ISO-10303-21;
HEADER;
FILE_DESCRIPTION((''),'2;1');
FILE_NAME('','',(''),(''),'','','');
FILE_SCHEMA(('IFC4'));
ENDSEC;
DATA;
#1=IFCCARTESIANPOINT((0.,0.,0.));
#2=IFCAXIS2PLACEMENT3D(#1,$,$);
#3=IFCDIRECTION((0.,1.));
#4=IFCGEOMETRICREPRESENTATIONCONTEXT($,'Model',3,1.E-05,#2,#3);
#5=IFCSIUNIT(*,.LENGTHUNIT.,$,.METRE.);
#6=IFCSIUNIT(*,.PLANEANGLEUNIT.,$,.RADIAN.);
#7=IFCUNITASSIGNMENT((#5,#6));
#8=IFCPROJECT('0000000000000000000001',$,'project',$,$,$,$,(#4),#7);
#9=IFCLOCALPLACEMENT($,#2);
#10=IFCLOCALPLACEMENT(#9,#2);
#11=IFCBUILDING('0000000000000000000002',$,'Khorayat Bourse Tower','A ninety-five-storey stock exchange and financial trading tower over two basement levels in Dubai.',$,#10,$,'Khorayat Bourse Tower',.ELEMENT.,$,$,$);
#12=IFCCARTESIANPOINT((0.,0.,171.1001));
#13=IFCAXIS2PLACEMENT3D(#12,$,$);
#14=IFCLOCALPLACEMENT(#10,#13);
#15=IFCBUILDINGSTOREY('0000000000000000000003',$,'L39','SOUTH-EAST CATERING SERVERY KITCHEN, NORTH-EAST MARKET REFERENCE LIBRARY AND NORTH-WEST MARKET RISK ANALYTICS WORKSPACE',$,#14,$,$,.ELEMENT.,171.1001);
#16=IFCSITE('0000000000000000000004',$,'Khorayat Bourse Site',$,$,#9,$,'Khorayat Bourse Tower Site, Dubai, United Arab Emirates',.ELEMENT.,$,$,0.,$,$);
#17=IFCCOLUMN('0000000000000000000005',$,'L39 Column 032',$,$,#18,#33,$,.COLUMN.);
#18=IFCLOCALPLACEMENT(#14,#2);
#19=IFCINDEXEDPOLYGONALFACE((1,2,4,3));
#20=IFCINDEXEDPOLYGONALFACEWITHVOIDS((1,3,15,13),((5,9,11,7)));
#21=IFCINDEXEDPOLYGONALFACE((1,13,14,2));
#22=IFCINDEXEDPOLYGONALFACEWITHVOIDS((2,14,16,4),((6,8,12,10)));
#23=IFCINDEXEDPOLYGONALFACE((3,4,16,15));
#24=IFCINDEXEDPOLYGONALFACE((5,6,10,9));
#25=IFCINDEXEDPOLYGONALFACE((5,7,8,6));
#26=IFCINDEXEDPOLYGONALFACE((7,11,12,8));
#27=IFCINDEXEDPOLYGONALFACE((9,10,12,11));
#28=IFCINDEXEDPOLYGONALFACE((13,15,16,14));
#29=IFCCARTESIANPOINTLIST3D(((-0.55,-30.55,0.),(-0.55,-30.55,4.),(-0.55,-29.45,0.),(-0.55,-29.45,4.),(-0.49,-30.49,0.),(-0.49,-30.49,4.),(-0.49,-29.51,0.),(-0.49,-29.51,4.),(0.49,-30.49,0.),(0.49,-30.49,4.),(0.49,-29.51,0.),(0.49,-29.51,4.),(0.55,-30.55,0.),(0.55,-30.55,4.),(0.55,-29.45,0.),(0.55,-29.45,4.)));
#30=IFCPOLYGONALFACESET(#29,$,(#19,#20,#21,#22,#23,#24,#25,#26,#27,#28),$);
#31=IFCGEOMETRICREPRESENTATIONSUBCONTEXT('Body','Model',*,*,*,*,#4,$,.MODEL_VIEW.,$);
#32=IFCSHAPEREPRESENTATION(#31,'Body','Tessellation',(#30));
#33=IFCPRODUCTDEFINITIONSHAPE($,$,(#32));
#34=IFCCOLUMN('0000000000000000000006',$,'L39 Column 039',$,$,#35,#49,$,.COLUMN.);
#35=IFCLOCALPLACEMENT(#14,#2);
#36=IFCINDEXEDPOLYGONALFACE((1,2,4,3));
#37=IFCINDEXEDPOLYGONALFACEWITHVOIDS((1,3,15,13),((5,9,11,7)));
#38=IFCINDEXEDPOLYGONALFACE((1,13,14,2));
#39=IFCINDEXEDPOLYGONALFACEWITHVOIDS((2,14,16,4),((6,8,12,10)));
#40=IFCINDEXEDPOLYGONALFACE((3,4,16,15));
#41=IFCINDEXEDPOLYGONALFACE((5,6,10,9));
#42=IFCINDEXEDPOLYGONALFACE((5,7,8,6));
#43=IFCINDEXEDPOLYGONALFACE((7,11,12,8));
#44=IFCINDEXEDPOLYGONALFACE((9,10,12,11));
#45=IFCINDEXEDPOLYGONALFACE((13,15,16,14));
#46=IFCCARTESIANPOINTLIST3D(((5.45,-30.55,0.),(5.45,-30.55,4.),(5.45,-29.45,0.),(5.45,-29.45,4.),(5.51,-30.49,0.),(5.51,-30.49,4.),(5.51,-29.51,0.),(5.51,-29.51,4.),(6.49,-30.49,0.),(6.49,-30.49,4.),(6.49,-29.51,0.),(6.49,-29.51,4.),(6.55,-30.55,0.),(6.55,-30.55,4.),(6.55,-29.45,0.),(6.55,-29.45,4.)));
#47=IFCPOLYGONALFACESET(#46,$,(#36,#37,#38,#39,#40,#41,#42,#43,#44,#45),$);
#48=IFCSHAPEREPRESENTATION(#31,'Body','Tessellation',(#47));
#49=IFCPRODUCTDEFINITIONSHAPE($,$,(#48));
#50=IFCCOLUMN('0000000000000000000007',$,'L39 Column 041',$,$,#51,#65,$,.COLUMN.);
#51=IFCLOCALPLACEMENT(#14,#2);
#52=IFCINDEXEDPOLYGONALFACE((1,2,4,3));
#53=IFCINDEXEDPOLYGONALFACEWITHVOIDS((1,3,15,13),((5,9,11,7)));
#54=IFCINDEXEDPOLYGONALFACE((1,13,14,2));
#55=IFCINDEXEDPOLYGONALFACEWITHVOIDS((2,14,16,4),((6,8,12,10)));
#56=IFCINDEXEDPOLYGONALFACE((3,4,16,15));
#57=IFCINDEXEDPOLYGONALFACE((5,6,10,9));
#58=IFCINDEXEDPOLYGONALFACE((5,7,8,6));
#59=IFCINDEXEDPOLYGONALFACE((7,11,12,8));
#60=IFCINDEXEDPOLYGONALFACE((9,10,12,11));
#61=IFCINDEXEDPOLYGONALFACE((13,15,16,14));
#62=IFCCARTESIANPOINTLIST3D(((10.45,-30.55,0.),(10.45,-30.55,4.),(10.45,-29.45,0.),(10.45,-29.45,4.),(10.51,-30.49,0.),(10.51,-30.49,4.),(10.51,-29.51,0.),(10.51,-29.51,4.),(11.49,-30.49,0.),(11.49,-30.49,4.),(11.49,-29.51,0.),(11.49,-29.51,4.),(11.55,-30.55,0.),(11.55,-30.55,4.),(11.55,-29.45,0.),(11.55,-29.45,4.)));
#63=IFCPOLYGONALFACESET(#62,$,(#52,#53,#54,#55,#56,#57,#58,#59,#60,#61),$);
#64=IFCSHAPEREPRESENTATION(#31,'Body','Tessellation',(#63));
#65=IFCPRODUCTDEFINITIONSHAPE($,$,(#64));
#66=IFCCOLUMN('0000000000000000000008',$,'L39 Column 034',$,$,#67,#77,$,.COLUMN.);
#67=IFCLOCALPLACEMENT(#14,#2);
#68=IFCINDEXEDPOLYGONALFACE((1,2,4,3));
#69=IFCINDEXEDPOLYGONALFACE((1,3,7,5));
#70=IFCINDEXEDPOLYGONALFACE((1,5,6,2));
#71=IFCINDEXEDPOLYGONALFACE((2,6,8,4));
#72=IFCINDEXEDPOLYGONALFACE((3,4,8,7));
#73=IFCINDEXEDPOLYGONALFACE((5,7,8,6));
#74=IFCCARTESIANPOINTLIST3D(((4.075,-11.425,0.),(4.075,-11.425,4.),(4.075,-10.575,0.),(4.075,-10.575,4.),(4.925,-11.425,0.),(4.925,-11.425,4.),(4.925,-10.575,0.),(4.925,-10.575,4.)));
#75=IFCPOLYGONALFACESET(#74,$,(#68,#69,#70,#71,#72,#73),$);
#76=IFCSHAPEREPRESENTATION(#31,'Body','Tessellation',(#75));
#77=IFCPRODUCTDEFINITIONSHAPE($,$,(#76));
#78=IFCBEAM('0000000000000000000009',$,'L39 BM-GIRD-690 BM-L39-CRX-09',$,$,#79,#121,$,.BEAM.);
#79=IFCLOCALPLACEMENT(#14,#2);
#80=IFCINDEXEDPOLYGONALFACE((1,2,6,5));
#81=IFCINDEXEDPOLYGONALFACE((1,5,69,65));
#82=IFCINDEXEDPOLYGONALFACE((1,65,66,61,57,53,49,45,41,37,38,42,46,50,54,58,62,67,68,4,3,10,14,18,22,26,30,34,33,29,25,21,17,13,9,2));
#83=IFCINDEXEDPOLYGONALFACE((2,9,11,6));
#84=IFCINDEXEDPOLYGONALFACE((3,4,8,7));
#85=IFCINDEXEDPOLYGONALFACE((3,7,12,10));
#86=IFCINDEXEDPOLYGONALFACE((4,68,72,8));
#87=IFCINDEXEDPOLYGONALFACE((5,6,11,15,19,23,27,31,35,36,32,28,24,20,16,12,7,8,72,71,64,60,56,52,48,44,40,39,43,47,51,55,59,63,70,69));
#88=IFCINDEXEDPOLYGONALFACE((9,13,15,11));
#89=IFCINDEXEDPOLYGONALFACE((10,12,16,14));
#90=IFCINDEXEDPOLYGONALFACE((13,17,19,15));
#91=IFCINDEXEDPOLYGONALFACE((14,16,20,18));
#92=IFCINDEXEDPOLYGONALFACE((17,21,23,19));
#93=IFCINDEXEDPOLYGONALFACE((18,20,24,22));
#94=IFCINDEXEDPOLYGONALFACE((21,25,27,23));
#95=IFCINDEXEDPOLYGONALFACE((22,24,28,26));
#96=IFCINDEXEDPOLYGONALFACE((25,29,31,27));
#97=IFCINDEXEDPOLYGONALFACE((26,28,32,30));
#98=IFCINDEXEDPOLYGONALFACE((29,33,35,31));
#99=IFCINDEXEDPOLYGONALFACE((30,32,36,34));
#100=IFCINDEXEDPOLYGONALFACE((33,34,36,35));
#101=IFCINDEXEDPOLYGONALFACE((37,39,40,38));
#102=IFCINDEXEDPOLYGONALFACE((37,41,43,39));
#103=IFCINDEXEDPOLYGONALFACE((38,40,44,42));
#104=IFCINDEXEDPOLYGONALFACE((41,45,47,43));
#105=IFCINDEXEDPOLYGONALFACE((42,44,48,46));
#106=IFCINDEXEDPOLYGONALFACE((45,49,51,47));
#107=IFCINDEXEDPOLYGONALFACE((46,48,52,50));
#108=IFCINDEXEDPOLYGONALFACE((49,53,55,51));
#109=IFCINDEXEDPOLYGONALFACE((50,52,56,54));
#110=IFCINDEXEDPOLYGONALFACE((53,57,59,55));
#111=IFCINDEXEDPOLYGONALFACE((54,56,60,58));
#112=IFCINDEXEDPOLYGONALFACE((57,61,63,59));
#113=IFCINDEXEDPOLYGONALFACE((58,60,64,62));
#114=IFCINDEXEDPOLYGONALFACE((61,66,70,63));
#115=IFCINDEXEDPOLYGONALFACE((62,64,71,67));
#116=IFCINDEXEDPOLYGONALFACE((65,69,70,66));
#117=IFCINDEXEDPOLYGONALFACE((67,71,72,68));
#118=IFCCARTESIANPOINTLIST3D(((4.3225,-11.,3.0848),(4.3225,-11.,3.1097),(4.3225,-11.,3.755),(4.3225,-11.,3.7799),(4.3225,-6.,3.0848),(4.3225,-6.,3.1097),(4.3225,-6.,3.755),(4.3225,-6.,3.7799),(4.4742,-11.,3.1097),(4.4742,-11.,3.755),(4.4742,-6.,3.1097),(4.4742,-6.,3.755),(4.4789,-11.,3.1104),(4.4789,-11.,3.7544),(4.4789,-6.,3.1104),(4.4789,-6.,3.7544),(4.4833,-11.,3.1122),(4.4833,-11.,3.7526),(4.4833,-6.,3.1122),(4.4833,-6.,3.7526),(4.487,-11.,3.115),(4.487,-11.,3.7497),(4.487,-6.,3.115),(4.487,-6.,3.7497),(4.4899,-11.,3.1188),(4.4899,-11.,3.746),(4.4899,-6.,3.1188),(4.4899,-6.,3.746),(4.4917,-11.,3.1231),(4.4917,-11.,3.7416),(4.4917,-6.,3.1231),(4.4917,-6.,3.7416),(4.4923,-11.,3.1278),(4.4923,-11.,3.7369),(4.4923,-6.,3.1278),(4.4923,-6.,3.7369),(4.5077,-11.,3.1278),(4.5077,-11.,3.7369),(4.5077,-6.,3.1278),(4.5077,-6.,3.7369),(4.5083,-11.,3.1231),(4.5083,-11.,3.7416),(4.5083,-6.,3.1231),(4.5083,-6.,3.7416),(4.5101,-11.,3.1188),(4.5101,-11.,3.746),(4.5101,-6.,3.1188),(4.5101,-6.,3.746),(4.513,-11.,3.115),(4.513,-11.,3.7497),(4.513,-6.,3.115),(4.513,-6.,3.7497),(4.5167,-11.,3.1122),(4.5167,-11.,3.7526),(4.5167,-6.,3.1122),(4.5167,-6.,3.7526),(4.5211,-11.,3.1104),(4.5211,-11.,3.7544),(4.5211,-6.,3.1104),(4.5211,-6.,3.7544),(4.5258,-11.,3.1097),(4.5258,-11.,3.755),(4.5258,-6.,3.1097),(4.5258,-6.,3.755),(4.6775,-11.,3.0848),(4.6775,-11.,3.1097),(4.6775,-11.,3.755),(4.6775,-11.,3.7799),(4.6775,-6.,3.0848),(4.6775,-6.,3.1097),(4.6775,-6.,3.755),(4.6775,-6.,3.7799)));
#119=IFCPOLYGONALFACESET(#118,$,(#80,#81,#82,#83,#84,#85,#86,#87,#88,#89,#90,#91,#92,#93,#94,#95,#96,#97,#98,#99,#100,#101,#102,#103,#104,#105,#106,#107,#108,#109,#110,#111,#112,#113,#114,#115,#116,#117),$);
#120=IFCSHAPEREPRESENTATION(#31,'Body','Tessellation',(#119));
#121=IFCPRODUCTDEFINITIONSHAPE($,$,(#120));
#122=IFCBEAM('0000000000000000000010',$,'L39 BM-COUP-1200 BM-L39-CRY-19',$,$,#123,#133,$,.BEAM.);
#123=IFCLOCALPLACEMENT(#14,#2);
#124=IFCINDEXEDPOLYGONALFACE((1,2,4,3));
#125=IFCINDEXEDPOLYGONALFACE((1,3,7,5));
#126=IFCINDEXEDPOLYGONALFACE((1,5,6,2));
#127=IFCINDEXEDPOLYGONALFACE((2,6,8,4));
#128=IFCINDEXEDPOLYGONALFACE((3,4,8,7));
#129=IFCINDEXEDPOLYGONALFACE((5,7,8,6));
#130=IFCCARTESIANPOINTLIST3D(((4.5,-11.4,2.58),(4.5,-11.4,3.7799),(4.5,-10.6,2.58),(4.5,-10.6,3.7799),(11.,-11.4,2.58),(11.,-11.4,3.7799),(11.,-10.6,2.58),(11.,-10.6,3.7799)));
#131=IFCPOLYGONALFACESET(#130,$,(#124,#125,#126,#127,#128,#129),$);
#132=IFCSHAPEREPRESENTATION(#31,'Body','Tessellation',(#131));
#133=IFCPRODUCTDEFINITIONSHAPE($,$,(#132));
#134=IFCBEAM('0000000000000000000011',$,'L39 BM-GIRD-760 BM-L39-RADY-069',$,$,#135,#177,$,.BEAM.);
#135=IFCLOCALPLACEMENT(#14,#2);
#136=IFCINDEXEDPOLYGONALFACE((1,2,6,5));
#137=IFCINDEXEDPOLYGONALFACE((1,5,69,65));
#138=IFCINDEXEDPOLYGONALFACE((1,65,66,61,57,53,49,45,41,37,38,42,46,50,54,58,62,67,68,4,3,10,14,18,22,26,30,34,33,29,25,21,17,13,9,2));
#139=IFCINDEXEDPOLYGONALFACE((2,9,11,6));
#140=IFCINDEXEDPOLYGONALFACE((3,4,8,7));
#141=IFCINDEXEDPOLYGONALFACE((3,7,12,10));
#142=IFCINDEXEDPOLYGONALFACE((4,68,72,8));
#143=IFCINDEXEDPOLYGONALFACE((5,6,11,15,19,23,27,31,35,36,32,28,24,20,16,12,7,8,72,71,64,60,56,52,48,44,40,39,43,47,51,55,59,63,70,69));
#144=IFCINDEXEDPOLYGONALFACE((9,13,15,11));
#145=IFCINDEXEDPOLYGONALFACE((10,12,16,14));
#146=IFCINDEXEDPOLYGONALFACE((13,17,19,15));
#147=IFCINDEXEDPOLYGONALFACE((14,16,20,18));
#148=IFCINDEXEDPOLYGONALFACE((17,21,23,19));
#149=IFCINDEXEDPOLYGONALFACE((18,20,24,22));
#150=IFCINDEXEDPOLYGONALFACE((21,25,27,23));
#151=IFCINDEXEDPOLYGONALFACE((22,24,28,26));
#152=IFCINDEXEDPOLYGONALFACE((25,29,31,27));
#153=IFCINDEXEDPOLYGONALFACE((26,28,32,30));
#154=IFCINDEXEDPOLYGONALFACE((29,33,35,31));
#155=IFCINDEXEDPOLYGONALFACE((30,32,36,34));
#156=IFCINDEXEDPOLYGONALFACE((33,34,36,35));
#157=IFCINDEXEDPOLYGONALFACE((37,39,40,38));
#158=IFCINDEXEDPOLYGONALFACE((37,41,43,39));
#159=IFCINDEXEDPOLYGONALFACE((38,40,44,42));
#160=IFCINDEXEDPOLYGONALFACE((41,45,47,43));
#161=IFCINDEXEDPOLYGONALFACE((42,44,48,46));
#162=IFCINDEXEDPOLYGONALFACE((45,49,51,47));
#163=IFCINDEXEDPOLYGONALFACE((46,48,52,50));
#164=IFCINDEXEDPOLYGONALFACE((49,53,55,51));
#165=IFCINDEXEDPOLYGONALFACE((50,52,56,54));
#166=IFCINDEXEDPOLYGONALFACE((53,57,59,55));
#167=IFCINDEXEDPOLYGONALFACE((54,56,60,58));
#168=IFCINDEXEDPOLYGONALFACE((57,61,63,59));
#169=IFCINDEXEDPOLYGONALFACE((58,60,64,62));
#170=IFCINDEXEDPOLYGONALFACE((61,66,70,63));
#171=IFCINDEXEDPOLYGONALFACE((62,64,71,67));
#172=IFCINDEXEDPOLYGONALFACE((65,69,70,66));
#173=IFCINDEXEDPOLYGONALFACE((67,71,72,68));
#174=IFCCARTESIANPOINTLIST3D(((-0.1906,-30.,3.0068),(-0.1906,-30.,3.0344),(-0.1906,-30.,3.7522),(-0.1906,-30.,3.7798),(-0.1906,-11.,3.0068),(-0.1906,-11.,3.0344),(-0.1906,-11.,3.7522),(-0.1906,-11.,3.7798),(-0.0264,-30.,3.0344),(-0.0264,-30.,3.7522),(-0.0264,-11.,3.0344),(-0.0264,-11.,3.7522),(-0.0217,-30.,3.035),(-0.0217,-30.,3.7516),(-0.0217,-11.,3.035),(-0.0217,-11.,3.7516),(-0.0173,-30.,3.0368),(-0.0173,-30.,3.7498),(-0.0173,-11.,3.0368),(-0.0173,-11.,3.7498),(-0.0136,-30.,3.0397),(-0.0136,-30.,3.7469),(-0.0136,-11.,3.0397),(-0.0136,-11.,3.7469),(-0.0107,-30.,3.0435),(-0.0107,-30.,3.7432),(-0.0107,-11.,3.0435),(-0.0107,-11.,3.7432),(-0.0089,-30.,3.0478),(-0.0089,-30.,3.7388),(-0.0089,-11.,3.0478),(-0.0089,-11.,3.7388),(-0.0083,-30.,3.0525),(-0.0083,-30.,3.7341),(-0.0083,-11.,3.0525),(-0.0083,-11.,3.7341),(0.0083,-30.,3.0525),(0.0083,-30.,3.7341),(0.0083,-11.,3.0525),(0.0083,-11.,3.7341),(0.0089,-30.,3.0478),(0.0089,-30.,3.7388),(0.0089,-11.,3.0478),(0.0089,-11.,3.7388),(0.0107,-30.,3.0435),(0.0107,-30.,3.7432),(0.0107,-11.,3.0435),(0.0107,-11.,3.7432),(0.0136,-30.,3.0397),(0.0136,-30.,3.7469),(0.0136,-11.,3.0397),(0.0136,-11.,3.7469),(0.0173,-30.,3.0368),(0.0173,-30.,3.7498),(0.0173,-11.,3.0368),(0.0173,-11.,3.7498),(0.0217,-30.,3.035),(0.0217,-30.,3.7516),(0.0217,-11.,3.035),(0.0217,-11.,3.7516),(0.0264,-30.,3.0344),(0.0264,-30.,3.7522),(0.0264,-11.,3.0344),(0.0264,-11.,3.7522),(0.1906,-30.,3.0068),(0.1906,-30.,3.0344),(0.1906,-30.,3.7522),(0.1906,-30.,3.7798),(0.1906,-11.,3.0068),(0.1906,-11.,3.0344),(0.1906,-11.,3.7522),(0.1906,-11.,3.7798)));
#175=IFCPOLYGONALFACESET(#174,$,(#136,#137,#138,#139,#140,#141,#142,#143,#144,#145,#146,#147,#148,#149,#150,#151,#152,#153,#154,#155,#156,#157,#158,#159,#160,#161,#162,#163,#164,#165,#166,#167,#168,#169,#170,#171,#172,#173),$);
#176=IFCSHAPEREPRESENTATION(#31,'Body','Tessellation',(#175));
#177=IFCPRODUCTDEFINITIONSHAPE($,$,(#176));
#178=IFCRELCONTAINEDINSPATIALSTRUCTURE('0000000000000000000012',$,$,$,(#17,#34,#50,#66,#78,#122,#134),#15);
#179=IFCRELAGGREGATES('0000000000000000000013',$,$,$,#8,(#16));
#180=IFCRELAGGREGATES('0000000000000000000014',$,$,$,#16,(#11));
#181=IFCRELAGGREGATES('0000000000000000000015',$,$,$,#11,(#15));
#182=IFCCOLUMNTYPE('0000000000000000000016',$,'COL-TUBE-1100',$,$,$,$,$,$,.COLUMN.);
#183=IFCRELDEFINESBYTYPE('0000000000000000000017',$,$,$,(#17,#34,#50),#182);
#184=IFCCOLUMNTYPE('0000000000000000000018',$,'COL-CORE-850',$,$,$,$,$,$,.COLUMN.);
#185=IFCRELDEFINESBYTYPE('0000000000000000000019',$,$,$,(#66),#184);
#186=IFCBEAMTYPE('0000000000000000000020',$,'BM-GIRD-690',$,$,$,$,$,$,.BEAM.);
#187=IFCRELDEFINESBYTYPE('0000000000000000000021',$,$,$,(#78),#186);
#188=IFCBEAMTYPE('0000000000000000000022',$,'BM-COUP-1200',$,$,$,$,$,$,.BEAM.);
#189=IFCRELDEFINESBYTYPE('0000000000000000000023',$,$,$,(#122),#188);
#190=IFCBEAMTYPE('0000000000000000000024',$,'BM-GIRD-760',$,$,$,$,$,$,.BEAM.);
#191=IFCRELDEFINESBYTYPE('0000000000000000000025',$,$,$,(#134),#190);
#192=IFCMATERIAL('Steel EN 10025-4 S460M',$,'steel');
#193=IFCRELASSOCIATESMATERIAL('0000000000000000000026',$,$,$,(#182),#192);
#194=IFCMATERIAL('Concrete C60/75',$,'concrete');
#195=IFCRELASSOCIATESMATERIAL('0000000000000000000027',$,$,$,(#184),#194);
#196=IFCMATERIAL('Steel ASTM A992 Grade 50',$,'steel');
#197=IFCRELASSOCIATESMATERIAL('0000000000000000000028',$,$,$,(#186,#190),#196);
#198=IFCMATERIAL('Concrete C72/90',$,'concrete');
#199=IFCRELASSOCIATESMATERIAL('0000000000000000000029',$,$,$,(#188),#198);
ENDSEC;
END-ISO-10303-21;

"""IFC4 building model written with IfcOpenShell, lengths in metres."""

from ifc_helpers import new_model, si_unit, direction, frame, origin, origin_2d, place, context, subcontext, project, spatial, rectangle, hollow_rectangle, i_section, extrude, source, transform, mapped, material, material_profile, profile_set, type_object, element, save


model = new_model("IFC4")

# Units and contexts
model_context = context("Model", 3, precision=1e-05, world=origin(), true_north=direction((0.0, 1.0)))
body_context = subcontext(model_context, "Body", "Model", "MODEL_VIEW")
ifc_project = project(units=[si_unit("LENGTHUNIT", "METRE"), si_unit("PLANEANGLEUNIT", "RADIAN")], contexts=[model_context])

# Site, building, storey
site_placement = place(None, origin())
site = spatial("IfcSite", under=ifc_project, at=site_placement, Name="Khorayat Bourse Site", LongName="Khorayat Bourse Tower Site, Dubai, United Arab Emirates", CompositionType="ELEMENT", RefElevation=0.0)
building_placement = place(site_placement, origin())
building = spatial("IfcBuilding", under=site, at=building_placement, Name="Khorayat Bourse Tower", Description="A ninety-five-storey stock exchange and financial trading tower over two basement levels in Dubai.", LongName="Khorayat Bourse Tower", CompositionType="ELEMENT")
storey_placement = place(building_placement, frame((0.0, 0.0, 171.1001)))
storey = spatial("IfcBuildingStorey", under=building, at=storey_placement, Name="L39", Description="SOUTH-EAST CATERING SERVERY KITCHEN, NORTH-EAST MARKET REFERENCE LIBRARY AND NORTH-WEST MARKET RISK ANALYTICS WORKSPACE", CompositionType="ELEMENT", Elevation=171.1001)

# Columns
ifc_material_1 = material(Name="Steel EN 10025-4 S460M", Category="steel")
ifc_material_profile_1 = material_profile(ifc_material_1, hollow_rectangle(XDim=1.1001, YDim=1.1001, WallThickness=0.0601, at=origin_2d()), Name="BOX 1100x1100x60")
ifc_profile_set_1 = profile_set([ifc_material_profile_1], Name="Steel EN 10025-4 S460M")
column_type_1 = type_object("IfcColumnType", Name="COL-TUBE-1100", PredefinedType="COLUMN", material=ifc_profile_set_1)
shared_shape_1 = source(origin(), body_context, "Body", "SweptSolid", [
    extrude(hollow_rectangle(XDim=1.1001, YDim=1.1001, WallThickness=0.0601, at=origin_2d()), origin(), (0.0, 0.0, 1.0), 4.0),
])
for number, where, z_axis, x_axis, name in (
    (1, (0.0, -30.0, 0.0), (0.0, 0.0, 1.0), (1.0, 0.0, 0.0), "L39 Column 032"),
    (2, (6.0, -30.0, 0.0), (0.0, 0.0, 1.0), (1.0, 0.0, 0.0), "L39 Column 039"),
    (3, (11.0, -30.0, 0.0), (0.0, 0.0, 1.0), (1.0, 0.0, 0.0), "L39 Column 041"),
):
    element("IfcColumn", number, at=place(storey_placement, frame(where, z_axis=z_axis, x_axis=x_axis)), inside=storey, type_object=column_type_1, Name=name, PredefinedType="COLUMN", context=body_context, shape_type="MappedRepresentation", body=[
        mapped(shared_shape_1, transform((0.0, 0.0, 0.0), scale=1.0)),
    ])
ifc_material_2 = material(Name="Concrete C60/75", Category="concrete")
ifc_material_profile_2 = material_profile(ifc_material_2, rectangle(XDim=0.8501, YDim=0.8501, at=origin_2d()), Name="RC 850x850")
ifc_profile_set_2 = profile_set([ifc_material_profile_2], Name="Concrete C60/75")
column_type_2 = type_object("IfcColumnType", Name="COL-CORE-850", PredefinedType="COLUMN", material=ifc_profile_set_2)
shared_shape_2 = source(origin(), body_context, "Body", "SweptSolid", [
    extrude(rectangle(XDim=0.8501, YDim=0.8501, at=origin_2d()), origin(), (0.0, 0.0, 1.0), 4.0),
])
column_placement = place(storey_placement, frame((4.5, -11.0, 0.0), z_axis=(0.0, 0.0, 1.0), x_axis=(1.0, 0.0, 0.0)))
element("IfcColumn", 4, at=column_placement, inside=storey, type_object=column_type_2, Name="L39 Column 034", PredefinedType="COLUMN", context=body_context, shape_type="MappedRepresentation", body=[
    mapped(shared_shape_2, transform((0.0, 0.0, 0.0), scale=1.0)),
])

# Beams
ifc_material_3 = material(Name="Steel ASTM A992 Grade 50", Category="steel")
ifc_material_profile_3 = material_profile(ifc_material_3, i_section(OverallWidth=0.355, OverallDepth=0.6951, WebThickness=0.0154, FlangeThickness=0.0249, FilletRadius=0.0181, at=origin_2d()), Name="W690X217")
ifc_profile_set_3 = profile_set([ifc_material_profile_3], Name="Steel ASTM A992 Grade 50")
beam_type_1 = type_object("IfcBeamType", Name="BM-GIRD-690", PredefinedType="BEAM", material=ifc_profile_set_3)
shared_shape_3 = source(origin(), body_context, "Body", "SweptSolid", [
    extrude(i_section(OverallWidth=0.355, OverallDepth=0.6951, WebThickness=0.0154, FlangeThickness=0.0249, FilletRadius=0.0181, at=origin_2d()), origin(), (0.0, 0.0, 1.0), 5.0),
])
beam_1_placement = place(storey_placement, frame((4.5, -11.0, 3.4324), z_axis=(0.0, 1.0, 0.0), x_axis=(-1.0, 0.0, 0.0)))
element("IfcBeam", 5, at=beam_1_placement, inside=storey, type_object=beam_type_1, Name="L39 BM-GIRD-690 BM-L39-CRX-09", PredefinedType="BEAM", context=body_context, shape_type="MappedRepresentation", body=[
    mapped(shared_shape_3, transform((0.0, 0.0, 0.0), scale=1.0)),
])
ifc_material_4 = material(Name="Concrete C72/90", Category="concrete")
ifc_material_profile_4 = material_profile(ifc_material_4, rectangle(XDim=0.8, YDim=1.2, at=origin_2d()), Name="RC 800x1200")
ifc_profile_set_4 = profile_set([ifc_material_profile_4], Name="Concrete C72/90")
beam_type_2 = type_object("IfcBeamType", Name="BM-COUP-1200", PredefinedType="BEAM", material=ifc_profile_set_4)
shared_shape_4 = source(origin(), body_context, "Body", "SweptSolid", [
    extrude(rectangle(XDim=0.8, YDim=1.2, at=origin_2d()), origin(), (0.0, 0.0, 1.0), 6.5),
])
beam_2_placement = place(storey_placement, frame((4.5, -11.0, 3.1799), z_axis=(1.0, 0.0, 0.0), x_axis=(0.0, 1.0, 0.0)))
element("IfcBeam", 6, at=beam_2_placement, inside=storey, type_object=beam_type_2, Name="L39 BM-COUP-1200 BM-L39-CRY-19", PredefinedType="BEAM", context=body_context, shape_type="MappedRepresentation", body=[
    mapped(shared_shape_4, transform((0.0, 0.0, 0.0), scale=1.0)),
])
ifc_material_profile_5 = material_profile(ifc_material_3, i_section(OverallWidth=0.3811, OverallDepth=0.7729, WebThickness=0.0166, FlangeThickness=0.0276, FilletRadius=0.0181, at=origin_2d()), Name="W760X257")
ifc_profile_set_5 = profile_set([ifc_material_profile_5], Name="Steel ASTM A992 Grade 50")
beam_type_3 = type_object("IfcBeamType", Name="BM-GIRD-760", PredefinedType="BEAM", material=ifc_profile_set_5)
shared_shape_5 = source(origin(), body_context, "Body", "SweptSolid", [
    extrude(i_section(OverallWidth=0.3811, OverallDepth=0.7729, WebThickness=0.0166, FlangeThickness=0.0276, FilletRadius=0.0181, at=origin_2d()), origin(), (0.0, 0.0, 1.0), 19.0),
])
for number, where, z_axis, x_axis, name in (
    (7, (0.0, -30.0, 3.3933), (0.0, 1.0, 0.0), (-1.0, 0.0, 0.0), "L39 BM-GIRD-760 BM-L39-RADY-069"),
):
    element("IfcBeam", number, at=place(storey_placement, frame(where, z_axis=z_axis, x_axis=x_axis)), inside=storey, type_object=beam_type_3, Name=name, PredefinedType="BEAM", context=body_context, shape_type="MappedRepresentation", body=[
        mapped(shared_shape_5, transform((0.0, 0.0, 0.0), scale=1.0)),
    ])

save(model, "model.ifc")
